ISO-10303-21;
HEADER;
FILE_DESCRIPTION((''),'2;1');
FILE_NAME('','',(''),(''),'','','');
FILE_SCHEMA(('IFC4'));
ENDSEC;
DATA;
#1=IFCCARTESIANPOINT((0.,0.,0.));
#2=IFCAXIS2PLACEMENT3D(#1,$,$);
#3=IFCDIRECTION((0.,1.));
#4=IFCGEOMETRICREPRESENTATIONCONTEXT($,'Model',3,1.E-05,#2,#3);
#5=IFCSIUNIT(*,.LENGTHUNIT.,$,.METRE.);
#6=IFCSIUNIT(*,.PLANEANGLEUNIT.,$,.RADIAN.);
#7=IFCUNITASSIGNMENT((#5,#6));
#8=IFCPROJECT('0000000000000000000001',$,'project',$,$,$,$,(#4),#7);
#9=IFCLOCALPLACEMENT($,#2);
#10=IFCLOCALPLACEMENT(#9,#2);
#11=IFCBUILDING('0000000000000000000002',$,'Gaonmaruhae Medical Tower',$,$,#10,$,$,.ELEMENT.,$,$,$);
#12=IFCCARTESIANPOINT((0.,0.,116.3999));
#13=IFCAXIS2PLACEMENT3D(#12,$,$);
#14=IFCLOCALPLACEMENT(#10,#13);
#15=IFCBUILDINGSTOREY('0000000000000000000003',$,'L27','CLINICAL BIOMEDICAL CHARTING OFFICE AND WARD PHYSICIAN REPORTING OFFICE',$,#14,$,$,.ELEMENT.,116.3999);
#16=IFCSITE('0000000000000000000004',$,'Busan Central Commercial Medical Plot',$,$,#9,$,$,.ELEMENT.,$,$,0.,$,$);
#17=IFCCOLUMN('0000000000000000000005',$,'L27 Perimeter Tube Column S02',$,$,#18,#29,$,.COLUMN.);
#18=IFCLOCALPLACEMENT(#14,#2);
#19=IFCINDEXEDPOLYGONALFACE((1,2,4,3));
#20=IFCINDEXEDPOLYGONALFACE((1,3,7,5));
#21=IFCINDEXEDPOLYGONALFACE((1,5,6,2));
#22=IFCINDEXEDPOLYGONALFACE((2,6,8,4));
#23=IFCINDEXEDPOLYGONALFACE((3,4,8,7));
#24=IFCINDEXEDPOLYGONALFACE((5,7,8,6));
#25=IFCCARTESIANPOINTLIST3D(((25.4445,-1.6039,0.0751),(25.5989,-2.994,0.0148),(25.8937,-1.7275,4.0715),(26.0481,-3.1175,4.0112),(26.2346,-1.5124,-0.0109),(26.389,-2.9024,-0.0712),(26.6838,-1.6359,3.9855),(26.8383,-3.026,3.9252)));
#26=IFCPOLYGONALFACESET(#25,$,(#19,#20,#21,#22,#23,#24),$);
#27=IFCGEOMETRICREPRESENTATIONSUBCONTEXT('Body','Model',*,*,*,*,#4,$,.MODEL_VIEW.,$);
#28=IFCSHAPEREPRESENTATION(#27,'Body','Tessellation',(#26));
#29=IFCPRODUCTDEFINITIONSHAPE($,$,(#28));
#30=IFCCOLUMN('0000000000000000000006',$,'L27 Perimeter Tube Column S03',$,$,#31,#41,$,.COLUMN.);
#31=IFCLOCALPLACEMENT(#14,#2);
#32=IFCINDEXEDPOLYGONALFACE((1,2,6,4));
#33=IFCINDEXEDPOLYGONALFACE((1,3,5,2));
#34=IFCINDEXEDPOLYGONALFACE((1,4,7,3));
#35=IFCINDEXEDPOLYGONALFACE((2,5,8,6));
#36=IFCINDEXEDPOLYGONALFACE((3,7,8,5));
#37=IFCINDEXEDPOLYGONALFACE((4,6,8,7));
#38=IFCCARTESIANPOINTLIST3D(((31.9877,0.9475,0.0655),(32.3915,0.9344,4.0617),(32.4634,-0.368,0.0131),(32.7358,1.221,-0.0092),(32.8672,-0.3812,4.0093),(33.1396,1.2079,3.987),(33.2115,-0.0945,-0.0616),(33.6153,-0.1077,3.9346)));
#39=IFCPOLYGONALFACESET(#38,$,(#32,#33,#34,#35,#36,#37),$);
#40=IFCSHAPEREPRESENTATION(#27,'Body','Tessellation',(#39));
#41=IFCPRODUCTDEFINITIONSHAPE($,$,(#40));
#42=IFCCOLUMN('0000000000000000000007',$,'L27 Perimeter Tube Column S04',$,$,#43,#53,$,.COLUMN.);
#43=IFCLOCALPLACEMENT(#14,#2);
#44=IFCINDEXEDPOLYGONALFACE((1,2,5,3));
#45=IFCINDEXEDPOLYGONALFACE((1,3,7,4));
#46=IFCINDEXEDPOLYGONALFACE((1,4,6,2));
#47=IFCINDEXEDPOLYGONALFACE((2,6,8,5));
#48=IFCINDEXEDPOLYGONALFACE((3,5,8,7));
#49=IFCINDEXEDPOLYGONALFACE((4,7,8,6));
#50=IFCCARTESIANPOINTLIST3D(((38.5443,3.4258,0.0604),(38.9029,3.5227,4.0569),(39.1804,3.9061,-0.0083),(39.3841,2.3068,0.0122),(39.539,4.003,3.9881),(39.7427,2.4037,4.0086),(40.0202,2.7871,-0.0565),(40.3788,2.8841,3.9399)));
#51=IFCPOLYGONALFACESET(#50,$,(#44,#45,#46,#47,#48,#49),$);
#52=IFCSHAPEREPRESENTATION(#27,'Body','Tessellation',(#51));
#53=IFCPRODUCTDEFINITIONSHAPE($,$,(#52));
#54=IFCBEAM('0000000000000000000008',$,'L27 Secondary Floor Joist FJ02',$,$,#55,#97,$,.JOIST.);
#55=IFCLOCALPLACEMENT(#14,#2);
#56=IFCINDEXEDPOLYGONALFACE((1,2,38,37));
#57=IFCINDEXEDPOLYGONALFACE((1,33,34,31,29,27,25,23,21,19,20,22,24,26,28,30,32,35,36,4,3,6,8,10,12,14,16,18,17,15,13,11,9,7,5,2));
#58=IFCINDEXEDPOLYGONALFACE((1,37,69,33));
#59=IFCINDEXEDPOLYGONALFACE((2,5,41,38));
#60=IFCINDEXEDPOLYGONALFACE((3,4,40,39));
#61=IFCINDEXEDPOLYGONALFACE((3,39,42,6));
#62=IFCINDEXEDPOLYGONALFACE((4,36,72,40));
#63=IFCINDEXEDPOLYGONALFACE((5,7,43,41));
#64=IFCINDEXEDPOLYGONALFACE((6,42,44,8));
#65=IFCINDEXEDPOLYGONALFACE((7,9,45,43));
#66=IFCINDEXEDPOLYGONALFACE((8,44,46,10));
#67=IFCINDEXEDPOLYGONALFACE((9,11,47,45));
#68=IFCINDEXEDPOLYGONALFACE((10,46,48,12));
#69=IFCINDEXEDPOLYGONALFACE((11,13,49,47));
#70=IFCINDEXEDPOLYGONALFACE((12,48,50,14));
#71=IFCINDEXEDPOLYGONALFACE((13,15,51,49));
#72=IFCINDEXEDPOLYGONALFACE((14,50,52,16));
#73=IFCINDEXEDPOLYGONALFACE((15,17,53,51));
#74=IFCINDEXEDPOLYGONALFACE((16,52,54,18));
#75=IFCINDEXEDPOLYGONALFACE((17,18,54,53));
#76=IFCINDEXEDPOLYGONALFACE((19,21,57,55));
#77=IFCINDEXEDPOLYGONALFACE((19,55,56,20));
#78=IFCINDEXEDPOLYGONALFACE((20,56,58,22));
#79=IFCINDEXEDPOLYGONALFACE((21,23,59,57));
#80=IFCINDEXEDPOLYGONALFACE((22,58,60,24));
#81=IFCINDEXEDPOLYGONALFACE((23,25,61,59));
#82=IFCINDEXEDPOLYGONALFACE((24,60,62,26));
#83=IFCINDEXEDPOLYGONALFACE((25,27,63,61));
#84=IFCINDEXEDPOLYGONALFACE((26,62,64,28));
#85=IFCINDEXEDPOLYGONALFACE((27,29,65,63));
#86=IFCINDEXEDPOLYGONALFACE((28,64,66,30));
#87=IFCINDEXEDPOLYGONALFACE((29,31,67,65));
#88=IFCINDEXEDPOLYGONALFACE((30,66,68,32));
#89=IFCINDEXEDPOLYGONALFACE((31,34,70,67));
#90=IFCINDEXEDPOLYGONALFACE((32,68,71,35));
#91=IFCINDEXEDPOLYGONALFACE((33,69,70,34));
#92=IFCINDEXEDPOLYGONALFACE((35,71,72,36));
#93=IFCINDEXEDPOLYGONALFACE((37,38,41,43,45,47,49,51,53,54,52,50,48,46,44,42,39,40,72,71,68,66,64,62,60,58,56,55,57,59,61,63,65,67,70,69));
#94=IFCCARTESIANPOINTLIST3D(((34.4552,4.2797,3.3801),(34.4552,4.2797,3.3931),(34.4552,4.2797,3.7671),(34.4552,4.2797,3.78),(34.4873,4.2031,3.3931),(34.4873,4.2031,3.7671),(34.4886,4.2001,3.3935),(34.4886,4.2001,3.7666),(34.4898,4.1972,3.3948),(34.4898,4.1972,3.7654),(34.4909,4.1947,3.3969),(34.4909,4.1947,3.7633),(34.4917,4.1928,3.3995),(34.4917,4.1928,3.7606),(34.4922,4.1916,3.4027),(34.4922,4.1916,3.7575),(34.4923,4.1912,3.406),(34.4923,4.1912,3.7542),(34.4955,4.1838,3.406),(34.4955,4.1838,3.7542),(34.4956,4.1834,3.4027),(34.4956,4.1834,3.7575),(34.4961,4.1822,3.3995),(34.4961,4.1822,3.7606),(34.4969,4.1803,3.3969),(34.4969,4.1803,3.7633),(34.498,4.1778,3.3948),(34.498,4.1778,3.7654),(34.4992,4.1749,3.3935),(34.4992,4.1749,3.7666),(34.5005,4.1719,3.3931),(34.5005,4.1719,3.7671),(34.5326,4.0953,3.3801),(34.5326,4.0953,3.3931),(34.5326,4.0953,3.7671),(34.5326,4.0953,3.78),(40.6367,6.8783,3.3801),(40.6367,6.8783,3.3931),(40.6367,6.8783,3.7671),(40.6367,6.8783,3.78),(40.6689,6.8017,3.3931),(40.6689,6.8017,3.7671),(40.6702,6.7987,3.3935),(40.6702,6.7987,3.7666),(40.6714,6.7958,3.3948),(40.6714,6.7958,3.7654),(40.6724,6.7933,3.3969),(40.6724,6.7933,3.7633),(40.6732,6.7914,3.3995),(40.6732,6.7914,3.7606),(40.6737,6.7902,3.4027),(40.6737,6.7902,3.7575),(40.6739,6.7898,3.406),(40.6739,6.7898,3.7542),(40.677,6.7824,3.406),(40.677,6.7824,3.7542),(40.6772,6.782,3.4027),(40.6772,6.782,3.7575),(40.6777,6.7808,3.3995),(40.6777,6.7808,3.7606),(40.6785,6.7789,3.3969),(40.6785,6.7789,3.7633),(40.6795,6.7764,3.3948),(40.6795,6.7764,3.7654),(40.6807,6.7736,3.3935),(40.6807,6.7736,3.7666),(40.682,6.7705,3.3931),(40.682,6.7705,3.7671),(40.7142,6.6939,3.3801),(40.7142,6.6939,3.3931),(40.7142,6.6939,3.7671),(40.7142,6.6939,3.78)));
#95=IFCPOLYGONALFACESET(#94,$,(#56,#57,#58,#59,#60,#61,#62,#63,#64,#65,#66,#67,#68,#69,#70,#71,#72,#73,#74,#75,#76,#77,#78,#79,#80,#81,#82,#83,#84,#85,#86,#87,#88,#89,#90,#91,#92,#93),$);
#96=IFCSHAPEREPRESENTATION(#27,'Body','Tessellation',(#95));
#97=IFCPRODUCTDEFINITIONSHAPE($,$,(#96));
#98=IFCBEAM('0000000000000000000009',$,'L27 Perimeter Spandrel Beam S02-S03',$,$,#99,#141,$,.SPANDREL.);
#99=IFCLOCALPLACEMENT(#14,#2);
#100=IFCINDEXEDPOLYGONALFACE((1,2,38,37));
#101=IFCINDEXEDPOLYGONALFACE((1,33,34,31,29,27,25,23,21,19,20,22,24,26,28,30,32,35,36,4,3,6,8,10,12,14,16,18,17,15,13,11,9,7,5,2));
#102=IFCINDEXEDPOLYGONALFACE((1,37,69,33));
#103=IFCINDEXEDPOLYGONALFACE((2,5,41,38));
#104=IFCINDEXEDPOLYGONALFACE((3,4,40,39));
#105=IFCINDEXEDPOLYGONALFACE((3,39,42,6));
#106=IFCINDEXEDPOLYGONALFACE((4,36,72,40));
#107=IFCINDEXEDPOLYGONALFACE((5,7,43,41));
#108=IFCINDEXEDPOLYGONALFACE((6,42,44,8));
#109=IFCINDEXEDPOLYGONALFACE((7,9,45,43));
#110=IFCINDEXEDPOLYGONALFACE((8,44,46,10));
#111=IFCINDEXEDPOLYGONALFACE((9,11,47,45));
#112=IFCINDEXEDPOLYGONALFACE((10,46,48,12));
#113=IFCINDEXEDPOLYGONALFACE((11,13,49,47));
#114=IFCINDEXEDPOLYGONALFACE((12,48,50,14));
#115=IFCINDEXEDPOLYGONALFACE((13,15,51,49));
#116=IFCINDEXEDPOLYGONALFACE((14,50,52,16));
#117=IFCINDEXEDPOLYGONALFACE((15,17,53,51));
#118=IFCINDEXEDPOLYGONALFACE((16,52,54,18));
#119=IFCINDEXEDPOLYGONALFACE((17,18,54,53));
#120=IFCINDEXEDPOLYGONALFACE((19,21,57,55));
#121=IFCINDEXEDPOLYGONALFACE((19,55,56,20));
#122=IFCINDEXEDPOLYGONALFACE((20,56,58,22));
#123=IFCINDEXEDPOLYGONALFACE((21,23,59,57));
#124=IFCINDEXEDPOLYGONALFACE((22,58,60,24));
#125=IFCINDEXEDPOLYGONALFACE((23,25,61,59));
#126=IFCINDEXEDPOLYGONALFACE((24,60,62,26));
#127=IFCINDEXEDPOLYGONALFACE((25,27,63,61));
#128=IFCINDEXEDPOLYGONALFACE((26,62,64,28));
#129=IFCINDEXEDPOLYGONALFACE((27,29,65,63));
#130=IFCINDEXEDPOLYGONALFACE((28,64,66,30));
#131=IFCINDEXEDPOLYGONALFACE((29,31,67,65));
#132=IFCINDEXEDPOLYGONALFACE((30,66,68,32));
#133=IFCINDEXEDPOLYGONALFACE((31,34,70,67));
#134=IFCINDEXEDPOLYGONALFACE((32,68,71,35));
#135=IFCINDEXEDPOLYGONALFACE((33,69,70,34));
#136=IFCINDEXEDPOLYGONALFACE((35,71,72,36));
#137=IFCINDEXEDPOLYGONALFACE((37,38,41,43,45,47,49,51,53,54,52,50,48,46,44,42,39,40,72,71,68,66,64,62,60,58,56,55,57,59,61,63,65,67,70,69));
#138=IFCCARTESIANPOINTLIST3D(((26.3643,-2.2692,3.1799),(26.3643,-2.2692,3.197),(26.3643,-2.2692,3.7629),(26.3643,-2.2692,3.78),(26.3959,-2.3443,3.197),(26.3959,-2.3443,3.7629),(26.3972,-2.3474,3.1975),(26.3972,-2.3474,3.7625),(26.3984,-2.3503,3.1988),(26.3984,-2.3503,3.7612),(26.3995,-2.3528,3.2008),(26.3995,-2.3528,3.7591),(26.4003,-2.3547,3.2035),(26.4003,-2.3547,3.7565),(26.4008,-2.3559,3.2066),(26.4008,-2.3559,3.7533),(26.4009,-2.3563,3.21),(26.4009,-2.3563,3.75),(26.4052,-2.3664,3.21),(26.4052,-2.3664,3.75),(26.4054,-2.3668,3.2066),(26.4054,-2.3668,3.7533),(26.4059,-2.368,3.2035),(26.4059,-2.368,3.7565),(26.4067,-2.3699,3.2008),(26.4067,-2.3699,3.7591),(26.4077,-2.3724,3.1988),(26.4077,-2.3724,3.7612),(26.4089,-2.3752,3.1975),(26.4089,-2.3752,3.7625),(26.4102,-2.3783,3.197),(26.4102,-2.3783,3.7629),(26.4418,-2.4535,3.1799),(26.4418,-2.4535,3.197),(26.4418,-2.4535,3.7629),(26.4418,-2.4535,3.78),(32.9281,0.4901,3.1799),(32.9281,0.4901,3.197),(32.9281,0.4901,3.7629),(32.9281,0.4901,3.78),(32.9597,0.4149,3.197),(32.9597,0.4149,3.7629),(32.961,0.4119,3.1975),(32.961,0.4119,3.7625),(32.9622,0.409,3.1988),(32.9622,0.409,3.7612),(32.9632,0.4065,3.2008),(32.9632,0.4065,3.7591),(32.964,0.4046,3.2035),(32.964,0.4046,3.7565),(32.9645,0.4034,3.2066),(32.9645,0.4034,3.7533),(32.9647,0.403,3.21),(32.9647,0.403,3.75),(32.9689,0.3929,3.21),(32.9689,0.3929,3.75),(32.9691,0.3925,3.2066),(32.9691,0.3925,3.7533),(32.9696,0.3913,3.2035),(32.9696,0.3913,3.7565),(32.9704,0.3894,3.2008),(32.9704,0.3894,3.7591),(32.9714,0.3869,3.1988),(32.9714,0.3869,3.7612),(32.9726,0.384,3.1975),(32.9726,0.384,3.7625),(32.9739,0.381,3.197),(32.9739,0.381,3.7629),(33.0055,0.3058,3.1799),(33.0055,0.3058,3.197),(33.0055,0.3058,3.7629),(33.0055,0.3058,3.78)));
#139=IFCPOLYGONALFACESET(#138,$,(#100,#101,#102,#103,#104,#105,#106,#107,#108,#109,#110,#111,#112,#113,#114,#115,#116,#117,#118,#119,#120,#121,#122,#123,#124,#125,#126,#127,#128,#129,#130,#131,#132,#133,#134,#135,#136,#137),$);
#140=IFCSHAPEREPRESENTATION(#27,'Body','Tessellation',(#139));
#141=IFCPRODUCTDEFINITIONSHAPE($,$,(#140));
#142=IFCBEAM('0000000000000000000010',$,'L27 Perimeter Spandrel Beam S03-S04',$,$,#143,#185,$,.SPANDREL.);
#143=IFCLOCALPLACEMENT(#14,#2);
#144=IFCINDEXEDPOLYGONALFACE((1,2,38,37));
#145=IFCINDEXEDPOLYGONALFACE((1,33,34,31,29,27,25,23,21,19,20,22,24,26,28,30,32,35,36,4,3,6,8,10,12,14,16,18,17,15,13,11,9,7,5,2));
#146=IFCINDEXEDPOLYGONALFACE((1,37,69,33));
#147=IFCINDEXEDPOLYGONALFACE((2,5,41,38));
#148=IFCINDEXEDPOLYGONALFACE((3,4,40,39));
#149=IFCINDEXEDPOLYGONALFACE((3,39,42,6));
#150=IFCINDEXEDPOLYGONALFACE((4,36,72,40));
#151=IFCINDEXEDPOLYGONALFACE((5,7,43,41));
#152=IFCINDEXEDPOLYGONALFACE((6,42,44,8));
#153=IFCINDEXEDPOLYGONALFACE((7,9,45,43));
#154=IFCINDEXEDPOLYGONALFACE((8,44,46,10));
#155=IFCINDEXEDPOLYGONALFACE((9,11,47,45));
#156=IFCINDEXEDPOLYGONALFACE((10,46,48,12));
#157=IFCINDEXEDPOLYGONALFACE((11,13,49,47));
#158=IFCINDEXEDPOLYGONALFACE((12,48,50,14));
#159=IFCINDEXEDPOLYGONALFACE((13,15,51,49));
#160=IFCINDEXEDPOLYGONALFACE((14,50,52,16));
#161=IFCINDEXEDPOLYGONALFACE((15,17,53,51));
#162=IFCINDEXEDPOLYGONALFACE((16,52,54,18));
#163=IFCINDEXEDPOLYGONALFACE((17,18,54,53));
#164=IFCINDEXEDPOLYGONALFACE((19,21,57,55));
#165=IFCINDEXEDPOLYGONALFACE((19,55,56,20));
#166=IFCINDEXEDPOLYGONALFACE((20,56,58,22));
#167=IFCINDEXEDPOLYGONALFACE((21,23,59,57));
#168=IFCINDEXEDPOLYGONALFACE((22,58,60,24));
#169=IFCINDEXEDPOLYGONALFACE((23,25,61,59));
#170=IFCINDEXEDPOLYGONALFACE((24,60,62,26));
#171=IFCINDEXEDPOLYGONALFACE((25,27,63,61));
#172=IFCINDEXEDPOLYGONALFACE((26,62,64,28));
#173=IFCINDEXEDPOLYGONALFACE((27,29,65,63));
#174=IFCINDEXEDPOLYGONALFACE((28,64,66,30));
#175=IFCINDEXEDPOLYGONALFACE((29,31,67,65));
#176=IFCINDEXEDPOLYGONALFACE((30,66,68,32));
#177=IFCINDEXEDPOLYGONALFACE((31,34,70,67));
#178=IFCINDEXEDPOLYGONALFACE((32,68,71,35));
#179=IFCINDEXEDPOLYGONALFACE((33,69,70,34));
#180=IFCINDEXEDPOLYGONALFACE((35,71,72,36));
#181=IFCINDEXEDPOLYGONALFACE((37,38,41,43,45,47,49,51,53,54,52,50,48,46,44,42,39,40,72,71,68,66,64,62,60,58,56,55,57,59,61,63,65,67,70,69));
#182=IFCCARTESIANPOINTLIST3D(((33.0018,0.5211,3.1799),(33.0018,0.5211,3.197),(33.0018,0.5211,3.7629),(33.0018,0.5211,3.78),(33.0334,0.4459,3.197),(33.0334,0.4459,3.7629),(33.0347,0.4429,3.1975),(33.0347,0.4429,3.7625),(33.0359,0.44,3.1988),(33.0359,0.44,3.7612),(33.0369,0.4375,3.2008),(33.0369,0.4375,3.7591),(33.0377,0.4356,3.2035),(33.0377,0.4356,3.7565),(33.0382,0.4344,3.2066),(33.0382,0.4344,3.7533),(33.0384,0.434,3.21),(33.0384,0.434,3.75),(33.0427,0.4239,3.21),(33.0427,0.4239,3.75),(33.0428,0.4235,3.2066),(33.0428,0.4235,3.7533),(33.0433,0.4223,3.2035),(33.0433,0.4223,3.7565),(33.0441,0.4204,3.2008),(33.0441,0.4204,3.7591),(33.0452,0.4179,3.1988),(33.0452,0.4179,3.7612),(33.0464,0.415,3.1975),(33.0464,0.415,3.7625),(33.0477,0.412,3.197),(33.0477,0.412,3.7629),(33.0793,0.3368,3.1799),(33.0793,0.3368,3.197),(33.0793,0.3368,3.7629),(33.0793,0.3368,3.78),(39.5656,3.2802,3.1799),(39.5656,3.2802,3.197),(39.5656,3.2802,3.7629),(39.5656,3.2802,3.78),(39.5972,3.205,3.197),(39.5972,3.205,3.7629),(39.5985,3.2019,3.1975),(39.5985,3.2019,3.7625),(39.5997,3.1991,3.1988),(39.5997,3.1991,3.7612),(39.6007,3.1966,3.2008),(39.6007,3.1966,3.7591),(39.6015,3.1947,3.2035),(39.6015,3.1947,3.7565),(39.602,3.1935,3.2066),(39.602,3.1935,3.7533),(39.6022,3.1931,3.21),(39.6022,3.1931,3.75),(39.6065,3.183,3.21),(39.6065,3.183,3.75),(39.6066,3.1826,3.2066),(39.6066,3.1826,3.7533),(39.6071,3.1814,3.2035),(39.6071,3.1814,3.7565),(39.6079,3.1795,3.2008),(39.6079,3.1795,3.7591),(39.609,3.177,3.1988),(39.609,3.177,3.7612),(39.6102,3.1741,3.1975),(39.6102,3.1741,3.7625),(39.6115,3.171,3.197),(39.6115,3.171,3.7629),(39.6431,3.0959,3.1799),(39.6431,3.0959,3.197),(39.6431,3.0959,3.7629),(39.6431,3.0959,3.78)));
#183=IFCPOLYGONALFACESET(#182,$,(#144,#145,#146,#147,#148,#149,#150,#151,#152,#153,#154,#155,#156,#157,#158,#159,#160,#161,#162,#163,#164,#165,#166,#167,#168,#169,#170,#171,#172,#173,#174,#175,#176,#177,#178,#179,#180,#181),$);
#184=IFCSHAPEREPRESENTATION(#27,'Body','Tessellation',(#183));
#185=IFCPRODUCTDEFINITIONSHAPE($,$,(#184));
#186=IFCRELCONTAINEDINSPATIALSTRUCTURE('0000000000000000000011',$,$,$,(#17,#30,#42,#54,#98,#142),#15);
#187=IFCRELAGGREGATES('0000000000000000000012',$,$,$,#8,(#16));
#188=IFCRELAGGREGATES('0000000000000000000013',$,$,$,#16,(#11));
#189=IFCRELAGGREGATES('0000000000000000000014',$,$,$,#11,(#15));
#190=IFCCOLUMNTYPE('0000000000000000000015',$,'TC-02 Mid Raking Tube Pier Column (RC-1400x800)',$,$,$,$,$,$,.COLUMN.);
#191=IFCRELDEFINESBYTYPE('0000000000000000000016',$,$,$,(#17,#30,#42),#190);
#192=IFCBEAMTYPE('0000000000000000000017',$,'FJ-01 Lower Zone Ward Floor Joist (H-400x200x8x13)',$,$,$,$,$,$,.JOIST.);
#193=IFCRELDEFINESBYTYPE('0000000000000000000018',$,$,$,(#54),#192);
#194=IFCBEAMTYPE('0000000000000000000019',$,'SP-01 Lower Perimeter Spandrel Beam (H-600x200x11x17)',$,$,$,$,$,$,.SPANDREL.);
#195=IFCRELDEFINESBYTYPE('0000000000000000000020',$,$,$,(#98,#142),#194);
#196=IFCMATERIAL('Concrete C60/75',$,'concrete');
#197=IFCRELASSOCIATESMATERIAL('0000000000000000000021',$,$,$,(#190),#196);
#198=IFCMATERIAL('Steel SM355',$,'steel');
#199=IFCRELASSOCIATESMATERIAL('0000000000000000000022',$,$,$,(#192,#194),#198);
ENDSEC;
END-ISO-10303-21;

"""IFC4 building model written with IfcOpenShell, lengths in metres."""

from ifc_helpers import new_model, si_unit, direction, frame, origin, origin_2d, place, context, subcontext, project, spatial, rectangle, i_section, extrude, material, material_profile, profile_set, type_object, element, save


model = new_model("IFC4")

# Units and contexts
model_context = context("Model", 3, precision=1e-05, world=origin(), true_north=direction((0.0, 1.0)))
body_context = subcontext(model_context, "Body", "Model", "MODEL_VIEW")
ifc_project = project(units=[si_unit("LENGTHUNIT", "METRE"), si_unit("PLANEANGLEUNIT", "RADIAN")], contexts=[model_context])

# Site, building, storey
site_placement = place(None, origin())
site = spatial("IfcSite", under=ifc_project, at=site_placement, Name="Busan Central Commercial Medical Plot", CompositionType="ELEMENT", RefElevation=0.0)
building_placement = place(site_placement, origin())
building = spatial("IfcBuilding", under=site, at=building_placement, Name="Gaonmaruhae Medical Tower", CompositionType="ELEMENT")
storey_placement = place(building_placement, frame((0.0, 0.0, 116.3999)))
storey = spatial("IfcBuildingStorey", under=building, at=storey_placement, Name="L27", Description="CLINICAL BIOMEDICAL CHARTING OFFICE AND WARD PHYSICIAN REPORTING OFFICE", CompositionType="ELEMENT", Elevation=116.3999)

# Columns
ifc_material_1 = material(Name="Concrete C60/75", Category="concrete")
ifc_material_profile_1 = material_profile(ifc_material_1, rectangle(XDim=1.3999, YDim=0.8, at=origin_2d()), Name="RC-1400x800")
ifc_profile_set_1 = profile_set([ifc_material_profile_1], Name="Concrete C60/75")
column_type = type_object("IfcColumnType", Name="TC-02 Mid Raking Tube Pier Column (RC-1400x800)", PredefinedType="COLUMN", material=ifc_profile_set_1)
column_1_placement = place(storey_placement, frame((25.9167, -2.2532, 0.002), z_axis=(0.111651, -0.030704, 0.993273), x_axis=(-0.110334, 0.99296, 0.043097)))
element("IfcColumn", 1, at=column_1_placement, inside=storey, type_object=column_type, Name="L27 Perimeter Tube Column S02", PredefinedType="COLUMN", context=body_context, shape_type="SweptSolid", body=[
    extrude(rectangle(XDim=1.3999, YDim=0.8, at=origin_2d()), origin(), (0.0, 0.0, 1.0), 4.0234),
])
column_2_placement = place(storey_placement, frame((32.5996, 0.4265, 0.002), z_axis=(0.100532, -0.003282, 0.994928), x_axis=(-0.339807, 0.93975, 0.037436)))
element("IfcColumn", 2, at=column_2_placement, inside=storey, type_object=column_type, Name="L27 Perimeter Tube Column S03", PredefinedType="COLUMN", context=body_context, shape_type="SweptSolid", body=[
    extrude(rectangle(XDim=1.3999, YDim=0.8, at=origin_2d()), origin(), (0.0, 0.0, 1.0), 4.0166),
])
column_3_placement = place(storey_placement, frame((39.2822, 3.1064, 0.002), z_axis=(0.089358, 0.024149, 0.995707), x_axis=(-0.599896, 0.799336, 0.03445)))
element("IfcColumn", 3, at=column_3_placement, inside=storey, type_object=column_type, Name="L27 Perimeter Tube Column S04", PredefinedType="COLUMN", context=body_context, shape_type="SweptSolid", body=[
    extrude(rectangle(XDim=1.3999, YDim=0.8, at=origin_2d()), origin(), (0.0, 0.0, 1.0), 4.0137),
])

# Beams
ifc_material_2 = material(Name="Steel SM355", Category="steel")
ifc_material_profile_2 = material_profile(ifc_material_2, i_section(OverallWidth=0.2, OverallDepth=0.3999, WebThickness=0.0081, FlangeThickness=0.0129, FilletRadius=0.0129, at=origin_2d()), Name="H-400x200x8x13")
ifc_profile_set_2 = profile_set([ifc_material_profile_2], Name="Steel SM355")
beam_type_1 = type_object("IfcBeamType", Name="FJ-01 Lower Zone Ward Floor Joist (H-400x200x8x13)", PredefinedType="JOIST", material=ifc_profile_set_2)
beam_placement = place(storey_placement, frame((34.4939, 4.1875, 3.5801), z_axis=(0.921857, 0.38753, 0.0), x_axis=(-0.38753, 0.921857, 0.0)))
element("IfcBeam", 4, at=beam_placement, inside=storey, type_object=beam_type_1, Name="L27 Secondary Floor Joist FJ02", PredefinedType="JOIST", context=body_context, shape_type="SweptSolid", body=[
    extrude(i_section(OverallWidth=0.2, OverallDepth=0.3999, WebThickness=0.0081, FlangeThickness=0.0129, FilletRadius=0.0129, at=origin_2d()), origin(), (0.0, 0.0, 1.0), 6.7056),
])
ifc_material_profile_3 = material_profile(ifc_material_2, i_section(OverallWidth=0.2, OverallDepth=0.6001, WebThickness=0.011, FlangeThickness=0.0171, FilletRadius=0.0129, at=origin_2d()), Name="H-600x200x11x17")
ifc_profile_set_3 = profile_set([ifc_material_profile_3], Name="Steel SM355")
beam_type_2 = type_object("IfcBeamType", Name="SP-01 Lower Perimeter Spandrel Beam (H-600x200x11x17)", PredefinedType="SPANDREL", material=ifc_profile_set_3)
for number, where, z_axis, x_axis, name in (
    (5, (26.4031, -2.3613, 3.48), (0.921856, 0.387533, 0.0), (-0.387533, 0.921856, 0.0), "L27 Perimeter Spandrel Beam S02-S03"),
    (6, (33.0405, 0.429, 3.48), (0.921868, 0.387504, 0.0), (-0.387504, 0.921868, 0.0), "L27 Perimeter Spandrel Beam S03-S04"),
):
    element("IfcBeam", number, at=place(storey_placement, frame(where, z_axis=z_axis, x_axis=x_axis)), inside=storey, type_object=beam_type_2, Name=name, PredefinedType="SPANDREL", context=body_context, shape_type="SweptSolid", body=[
        extrude(i_section(OverallWidth=0.2, OverallDepth=0.6001, WebThickness=0.011, FlangeThickness=0.0171, FilletRadius=0.0129, at=origin_2d()), origin(), (0.0, 0.0, 1.0), 7.1201),
    ])

save(model, "model.ifc")
